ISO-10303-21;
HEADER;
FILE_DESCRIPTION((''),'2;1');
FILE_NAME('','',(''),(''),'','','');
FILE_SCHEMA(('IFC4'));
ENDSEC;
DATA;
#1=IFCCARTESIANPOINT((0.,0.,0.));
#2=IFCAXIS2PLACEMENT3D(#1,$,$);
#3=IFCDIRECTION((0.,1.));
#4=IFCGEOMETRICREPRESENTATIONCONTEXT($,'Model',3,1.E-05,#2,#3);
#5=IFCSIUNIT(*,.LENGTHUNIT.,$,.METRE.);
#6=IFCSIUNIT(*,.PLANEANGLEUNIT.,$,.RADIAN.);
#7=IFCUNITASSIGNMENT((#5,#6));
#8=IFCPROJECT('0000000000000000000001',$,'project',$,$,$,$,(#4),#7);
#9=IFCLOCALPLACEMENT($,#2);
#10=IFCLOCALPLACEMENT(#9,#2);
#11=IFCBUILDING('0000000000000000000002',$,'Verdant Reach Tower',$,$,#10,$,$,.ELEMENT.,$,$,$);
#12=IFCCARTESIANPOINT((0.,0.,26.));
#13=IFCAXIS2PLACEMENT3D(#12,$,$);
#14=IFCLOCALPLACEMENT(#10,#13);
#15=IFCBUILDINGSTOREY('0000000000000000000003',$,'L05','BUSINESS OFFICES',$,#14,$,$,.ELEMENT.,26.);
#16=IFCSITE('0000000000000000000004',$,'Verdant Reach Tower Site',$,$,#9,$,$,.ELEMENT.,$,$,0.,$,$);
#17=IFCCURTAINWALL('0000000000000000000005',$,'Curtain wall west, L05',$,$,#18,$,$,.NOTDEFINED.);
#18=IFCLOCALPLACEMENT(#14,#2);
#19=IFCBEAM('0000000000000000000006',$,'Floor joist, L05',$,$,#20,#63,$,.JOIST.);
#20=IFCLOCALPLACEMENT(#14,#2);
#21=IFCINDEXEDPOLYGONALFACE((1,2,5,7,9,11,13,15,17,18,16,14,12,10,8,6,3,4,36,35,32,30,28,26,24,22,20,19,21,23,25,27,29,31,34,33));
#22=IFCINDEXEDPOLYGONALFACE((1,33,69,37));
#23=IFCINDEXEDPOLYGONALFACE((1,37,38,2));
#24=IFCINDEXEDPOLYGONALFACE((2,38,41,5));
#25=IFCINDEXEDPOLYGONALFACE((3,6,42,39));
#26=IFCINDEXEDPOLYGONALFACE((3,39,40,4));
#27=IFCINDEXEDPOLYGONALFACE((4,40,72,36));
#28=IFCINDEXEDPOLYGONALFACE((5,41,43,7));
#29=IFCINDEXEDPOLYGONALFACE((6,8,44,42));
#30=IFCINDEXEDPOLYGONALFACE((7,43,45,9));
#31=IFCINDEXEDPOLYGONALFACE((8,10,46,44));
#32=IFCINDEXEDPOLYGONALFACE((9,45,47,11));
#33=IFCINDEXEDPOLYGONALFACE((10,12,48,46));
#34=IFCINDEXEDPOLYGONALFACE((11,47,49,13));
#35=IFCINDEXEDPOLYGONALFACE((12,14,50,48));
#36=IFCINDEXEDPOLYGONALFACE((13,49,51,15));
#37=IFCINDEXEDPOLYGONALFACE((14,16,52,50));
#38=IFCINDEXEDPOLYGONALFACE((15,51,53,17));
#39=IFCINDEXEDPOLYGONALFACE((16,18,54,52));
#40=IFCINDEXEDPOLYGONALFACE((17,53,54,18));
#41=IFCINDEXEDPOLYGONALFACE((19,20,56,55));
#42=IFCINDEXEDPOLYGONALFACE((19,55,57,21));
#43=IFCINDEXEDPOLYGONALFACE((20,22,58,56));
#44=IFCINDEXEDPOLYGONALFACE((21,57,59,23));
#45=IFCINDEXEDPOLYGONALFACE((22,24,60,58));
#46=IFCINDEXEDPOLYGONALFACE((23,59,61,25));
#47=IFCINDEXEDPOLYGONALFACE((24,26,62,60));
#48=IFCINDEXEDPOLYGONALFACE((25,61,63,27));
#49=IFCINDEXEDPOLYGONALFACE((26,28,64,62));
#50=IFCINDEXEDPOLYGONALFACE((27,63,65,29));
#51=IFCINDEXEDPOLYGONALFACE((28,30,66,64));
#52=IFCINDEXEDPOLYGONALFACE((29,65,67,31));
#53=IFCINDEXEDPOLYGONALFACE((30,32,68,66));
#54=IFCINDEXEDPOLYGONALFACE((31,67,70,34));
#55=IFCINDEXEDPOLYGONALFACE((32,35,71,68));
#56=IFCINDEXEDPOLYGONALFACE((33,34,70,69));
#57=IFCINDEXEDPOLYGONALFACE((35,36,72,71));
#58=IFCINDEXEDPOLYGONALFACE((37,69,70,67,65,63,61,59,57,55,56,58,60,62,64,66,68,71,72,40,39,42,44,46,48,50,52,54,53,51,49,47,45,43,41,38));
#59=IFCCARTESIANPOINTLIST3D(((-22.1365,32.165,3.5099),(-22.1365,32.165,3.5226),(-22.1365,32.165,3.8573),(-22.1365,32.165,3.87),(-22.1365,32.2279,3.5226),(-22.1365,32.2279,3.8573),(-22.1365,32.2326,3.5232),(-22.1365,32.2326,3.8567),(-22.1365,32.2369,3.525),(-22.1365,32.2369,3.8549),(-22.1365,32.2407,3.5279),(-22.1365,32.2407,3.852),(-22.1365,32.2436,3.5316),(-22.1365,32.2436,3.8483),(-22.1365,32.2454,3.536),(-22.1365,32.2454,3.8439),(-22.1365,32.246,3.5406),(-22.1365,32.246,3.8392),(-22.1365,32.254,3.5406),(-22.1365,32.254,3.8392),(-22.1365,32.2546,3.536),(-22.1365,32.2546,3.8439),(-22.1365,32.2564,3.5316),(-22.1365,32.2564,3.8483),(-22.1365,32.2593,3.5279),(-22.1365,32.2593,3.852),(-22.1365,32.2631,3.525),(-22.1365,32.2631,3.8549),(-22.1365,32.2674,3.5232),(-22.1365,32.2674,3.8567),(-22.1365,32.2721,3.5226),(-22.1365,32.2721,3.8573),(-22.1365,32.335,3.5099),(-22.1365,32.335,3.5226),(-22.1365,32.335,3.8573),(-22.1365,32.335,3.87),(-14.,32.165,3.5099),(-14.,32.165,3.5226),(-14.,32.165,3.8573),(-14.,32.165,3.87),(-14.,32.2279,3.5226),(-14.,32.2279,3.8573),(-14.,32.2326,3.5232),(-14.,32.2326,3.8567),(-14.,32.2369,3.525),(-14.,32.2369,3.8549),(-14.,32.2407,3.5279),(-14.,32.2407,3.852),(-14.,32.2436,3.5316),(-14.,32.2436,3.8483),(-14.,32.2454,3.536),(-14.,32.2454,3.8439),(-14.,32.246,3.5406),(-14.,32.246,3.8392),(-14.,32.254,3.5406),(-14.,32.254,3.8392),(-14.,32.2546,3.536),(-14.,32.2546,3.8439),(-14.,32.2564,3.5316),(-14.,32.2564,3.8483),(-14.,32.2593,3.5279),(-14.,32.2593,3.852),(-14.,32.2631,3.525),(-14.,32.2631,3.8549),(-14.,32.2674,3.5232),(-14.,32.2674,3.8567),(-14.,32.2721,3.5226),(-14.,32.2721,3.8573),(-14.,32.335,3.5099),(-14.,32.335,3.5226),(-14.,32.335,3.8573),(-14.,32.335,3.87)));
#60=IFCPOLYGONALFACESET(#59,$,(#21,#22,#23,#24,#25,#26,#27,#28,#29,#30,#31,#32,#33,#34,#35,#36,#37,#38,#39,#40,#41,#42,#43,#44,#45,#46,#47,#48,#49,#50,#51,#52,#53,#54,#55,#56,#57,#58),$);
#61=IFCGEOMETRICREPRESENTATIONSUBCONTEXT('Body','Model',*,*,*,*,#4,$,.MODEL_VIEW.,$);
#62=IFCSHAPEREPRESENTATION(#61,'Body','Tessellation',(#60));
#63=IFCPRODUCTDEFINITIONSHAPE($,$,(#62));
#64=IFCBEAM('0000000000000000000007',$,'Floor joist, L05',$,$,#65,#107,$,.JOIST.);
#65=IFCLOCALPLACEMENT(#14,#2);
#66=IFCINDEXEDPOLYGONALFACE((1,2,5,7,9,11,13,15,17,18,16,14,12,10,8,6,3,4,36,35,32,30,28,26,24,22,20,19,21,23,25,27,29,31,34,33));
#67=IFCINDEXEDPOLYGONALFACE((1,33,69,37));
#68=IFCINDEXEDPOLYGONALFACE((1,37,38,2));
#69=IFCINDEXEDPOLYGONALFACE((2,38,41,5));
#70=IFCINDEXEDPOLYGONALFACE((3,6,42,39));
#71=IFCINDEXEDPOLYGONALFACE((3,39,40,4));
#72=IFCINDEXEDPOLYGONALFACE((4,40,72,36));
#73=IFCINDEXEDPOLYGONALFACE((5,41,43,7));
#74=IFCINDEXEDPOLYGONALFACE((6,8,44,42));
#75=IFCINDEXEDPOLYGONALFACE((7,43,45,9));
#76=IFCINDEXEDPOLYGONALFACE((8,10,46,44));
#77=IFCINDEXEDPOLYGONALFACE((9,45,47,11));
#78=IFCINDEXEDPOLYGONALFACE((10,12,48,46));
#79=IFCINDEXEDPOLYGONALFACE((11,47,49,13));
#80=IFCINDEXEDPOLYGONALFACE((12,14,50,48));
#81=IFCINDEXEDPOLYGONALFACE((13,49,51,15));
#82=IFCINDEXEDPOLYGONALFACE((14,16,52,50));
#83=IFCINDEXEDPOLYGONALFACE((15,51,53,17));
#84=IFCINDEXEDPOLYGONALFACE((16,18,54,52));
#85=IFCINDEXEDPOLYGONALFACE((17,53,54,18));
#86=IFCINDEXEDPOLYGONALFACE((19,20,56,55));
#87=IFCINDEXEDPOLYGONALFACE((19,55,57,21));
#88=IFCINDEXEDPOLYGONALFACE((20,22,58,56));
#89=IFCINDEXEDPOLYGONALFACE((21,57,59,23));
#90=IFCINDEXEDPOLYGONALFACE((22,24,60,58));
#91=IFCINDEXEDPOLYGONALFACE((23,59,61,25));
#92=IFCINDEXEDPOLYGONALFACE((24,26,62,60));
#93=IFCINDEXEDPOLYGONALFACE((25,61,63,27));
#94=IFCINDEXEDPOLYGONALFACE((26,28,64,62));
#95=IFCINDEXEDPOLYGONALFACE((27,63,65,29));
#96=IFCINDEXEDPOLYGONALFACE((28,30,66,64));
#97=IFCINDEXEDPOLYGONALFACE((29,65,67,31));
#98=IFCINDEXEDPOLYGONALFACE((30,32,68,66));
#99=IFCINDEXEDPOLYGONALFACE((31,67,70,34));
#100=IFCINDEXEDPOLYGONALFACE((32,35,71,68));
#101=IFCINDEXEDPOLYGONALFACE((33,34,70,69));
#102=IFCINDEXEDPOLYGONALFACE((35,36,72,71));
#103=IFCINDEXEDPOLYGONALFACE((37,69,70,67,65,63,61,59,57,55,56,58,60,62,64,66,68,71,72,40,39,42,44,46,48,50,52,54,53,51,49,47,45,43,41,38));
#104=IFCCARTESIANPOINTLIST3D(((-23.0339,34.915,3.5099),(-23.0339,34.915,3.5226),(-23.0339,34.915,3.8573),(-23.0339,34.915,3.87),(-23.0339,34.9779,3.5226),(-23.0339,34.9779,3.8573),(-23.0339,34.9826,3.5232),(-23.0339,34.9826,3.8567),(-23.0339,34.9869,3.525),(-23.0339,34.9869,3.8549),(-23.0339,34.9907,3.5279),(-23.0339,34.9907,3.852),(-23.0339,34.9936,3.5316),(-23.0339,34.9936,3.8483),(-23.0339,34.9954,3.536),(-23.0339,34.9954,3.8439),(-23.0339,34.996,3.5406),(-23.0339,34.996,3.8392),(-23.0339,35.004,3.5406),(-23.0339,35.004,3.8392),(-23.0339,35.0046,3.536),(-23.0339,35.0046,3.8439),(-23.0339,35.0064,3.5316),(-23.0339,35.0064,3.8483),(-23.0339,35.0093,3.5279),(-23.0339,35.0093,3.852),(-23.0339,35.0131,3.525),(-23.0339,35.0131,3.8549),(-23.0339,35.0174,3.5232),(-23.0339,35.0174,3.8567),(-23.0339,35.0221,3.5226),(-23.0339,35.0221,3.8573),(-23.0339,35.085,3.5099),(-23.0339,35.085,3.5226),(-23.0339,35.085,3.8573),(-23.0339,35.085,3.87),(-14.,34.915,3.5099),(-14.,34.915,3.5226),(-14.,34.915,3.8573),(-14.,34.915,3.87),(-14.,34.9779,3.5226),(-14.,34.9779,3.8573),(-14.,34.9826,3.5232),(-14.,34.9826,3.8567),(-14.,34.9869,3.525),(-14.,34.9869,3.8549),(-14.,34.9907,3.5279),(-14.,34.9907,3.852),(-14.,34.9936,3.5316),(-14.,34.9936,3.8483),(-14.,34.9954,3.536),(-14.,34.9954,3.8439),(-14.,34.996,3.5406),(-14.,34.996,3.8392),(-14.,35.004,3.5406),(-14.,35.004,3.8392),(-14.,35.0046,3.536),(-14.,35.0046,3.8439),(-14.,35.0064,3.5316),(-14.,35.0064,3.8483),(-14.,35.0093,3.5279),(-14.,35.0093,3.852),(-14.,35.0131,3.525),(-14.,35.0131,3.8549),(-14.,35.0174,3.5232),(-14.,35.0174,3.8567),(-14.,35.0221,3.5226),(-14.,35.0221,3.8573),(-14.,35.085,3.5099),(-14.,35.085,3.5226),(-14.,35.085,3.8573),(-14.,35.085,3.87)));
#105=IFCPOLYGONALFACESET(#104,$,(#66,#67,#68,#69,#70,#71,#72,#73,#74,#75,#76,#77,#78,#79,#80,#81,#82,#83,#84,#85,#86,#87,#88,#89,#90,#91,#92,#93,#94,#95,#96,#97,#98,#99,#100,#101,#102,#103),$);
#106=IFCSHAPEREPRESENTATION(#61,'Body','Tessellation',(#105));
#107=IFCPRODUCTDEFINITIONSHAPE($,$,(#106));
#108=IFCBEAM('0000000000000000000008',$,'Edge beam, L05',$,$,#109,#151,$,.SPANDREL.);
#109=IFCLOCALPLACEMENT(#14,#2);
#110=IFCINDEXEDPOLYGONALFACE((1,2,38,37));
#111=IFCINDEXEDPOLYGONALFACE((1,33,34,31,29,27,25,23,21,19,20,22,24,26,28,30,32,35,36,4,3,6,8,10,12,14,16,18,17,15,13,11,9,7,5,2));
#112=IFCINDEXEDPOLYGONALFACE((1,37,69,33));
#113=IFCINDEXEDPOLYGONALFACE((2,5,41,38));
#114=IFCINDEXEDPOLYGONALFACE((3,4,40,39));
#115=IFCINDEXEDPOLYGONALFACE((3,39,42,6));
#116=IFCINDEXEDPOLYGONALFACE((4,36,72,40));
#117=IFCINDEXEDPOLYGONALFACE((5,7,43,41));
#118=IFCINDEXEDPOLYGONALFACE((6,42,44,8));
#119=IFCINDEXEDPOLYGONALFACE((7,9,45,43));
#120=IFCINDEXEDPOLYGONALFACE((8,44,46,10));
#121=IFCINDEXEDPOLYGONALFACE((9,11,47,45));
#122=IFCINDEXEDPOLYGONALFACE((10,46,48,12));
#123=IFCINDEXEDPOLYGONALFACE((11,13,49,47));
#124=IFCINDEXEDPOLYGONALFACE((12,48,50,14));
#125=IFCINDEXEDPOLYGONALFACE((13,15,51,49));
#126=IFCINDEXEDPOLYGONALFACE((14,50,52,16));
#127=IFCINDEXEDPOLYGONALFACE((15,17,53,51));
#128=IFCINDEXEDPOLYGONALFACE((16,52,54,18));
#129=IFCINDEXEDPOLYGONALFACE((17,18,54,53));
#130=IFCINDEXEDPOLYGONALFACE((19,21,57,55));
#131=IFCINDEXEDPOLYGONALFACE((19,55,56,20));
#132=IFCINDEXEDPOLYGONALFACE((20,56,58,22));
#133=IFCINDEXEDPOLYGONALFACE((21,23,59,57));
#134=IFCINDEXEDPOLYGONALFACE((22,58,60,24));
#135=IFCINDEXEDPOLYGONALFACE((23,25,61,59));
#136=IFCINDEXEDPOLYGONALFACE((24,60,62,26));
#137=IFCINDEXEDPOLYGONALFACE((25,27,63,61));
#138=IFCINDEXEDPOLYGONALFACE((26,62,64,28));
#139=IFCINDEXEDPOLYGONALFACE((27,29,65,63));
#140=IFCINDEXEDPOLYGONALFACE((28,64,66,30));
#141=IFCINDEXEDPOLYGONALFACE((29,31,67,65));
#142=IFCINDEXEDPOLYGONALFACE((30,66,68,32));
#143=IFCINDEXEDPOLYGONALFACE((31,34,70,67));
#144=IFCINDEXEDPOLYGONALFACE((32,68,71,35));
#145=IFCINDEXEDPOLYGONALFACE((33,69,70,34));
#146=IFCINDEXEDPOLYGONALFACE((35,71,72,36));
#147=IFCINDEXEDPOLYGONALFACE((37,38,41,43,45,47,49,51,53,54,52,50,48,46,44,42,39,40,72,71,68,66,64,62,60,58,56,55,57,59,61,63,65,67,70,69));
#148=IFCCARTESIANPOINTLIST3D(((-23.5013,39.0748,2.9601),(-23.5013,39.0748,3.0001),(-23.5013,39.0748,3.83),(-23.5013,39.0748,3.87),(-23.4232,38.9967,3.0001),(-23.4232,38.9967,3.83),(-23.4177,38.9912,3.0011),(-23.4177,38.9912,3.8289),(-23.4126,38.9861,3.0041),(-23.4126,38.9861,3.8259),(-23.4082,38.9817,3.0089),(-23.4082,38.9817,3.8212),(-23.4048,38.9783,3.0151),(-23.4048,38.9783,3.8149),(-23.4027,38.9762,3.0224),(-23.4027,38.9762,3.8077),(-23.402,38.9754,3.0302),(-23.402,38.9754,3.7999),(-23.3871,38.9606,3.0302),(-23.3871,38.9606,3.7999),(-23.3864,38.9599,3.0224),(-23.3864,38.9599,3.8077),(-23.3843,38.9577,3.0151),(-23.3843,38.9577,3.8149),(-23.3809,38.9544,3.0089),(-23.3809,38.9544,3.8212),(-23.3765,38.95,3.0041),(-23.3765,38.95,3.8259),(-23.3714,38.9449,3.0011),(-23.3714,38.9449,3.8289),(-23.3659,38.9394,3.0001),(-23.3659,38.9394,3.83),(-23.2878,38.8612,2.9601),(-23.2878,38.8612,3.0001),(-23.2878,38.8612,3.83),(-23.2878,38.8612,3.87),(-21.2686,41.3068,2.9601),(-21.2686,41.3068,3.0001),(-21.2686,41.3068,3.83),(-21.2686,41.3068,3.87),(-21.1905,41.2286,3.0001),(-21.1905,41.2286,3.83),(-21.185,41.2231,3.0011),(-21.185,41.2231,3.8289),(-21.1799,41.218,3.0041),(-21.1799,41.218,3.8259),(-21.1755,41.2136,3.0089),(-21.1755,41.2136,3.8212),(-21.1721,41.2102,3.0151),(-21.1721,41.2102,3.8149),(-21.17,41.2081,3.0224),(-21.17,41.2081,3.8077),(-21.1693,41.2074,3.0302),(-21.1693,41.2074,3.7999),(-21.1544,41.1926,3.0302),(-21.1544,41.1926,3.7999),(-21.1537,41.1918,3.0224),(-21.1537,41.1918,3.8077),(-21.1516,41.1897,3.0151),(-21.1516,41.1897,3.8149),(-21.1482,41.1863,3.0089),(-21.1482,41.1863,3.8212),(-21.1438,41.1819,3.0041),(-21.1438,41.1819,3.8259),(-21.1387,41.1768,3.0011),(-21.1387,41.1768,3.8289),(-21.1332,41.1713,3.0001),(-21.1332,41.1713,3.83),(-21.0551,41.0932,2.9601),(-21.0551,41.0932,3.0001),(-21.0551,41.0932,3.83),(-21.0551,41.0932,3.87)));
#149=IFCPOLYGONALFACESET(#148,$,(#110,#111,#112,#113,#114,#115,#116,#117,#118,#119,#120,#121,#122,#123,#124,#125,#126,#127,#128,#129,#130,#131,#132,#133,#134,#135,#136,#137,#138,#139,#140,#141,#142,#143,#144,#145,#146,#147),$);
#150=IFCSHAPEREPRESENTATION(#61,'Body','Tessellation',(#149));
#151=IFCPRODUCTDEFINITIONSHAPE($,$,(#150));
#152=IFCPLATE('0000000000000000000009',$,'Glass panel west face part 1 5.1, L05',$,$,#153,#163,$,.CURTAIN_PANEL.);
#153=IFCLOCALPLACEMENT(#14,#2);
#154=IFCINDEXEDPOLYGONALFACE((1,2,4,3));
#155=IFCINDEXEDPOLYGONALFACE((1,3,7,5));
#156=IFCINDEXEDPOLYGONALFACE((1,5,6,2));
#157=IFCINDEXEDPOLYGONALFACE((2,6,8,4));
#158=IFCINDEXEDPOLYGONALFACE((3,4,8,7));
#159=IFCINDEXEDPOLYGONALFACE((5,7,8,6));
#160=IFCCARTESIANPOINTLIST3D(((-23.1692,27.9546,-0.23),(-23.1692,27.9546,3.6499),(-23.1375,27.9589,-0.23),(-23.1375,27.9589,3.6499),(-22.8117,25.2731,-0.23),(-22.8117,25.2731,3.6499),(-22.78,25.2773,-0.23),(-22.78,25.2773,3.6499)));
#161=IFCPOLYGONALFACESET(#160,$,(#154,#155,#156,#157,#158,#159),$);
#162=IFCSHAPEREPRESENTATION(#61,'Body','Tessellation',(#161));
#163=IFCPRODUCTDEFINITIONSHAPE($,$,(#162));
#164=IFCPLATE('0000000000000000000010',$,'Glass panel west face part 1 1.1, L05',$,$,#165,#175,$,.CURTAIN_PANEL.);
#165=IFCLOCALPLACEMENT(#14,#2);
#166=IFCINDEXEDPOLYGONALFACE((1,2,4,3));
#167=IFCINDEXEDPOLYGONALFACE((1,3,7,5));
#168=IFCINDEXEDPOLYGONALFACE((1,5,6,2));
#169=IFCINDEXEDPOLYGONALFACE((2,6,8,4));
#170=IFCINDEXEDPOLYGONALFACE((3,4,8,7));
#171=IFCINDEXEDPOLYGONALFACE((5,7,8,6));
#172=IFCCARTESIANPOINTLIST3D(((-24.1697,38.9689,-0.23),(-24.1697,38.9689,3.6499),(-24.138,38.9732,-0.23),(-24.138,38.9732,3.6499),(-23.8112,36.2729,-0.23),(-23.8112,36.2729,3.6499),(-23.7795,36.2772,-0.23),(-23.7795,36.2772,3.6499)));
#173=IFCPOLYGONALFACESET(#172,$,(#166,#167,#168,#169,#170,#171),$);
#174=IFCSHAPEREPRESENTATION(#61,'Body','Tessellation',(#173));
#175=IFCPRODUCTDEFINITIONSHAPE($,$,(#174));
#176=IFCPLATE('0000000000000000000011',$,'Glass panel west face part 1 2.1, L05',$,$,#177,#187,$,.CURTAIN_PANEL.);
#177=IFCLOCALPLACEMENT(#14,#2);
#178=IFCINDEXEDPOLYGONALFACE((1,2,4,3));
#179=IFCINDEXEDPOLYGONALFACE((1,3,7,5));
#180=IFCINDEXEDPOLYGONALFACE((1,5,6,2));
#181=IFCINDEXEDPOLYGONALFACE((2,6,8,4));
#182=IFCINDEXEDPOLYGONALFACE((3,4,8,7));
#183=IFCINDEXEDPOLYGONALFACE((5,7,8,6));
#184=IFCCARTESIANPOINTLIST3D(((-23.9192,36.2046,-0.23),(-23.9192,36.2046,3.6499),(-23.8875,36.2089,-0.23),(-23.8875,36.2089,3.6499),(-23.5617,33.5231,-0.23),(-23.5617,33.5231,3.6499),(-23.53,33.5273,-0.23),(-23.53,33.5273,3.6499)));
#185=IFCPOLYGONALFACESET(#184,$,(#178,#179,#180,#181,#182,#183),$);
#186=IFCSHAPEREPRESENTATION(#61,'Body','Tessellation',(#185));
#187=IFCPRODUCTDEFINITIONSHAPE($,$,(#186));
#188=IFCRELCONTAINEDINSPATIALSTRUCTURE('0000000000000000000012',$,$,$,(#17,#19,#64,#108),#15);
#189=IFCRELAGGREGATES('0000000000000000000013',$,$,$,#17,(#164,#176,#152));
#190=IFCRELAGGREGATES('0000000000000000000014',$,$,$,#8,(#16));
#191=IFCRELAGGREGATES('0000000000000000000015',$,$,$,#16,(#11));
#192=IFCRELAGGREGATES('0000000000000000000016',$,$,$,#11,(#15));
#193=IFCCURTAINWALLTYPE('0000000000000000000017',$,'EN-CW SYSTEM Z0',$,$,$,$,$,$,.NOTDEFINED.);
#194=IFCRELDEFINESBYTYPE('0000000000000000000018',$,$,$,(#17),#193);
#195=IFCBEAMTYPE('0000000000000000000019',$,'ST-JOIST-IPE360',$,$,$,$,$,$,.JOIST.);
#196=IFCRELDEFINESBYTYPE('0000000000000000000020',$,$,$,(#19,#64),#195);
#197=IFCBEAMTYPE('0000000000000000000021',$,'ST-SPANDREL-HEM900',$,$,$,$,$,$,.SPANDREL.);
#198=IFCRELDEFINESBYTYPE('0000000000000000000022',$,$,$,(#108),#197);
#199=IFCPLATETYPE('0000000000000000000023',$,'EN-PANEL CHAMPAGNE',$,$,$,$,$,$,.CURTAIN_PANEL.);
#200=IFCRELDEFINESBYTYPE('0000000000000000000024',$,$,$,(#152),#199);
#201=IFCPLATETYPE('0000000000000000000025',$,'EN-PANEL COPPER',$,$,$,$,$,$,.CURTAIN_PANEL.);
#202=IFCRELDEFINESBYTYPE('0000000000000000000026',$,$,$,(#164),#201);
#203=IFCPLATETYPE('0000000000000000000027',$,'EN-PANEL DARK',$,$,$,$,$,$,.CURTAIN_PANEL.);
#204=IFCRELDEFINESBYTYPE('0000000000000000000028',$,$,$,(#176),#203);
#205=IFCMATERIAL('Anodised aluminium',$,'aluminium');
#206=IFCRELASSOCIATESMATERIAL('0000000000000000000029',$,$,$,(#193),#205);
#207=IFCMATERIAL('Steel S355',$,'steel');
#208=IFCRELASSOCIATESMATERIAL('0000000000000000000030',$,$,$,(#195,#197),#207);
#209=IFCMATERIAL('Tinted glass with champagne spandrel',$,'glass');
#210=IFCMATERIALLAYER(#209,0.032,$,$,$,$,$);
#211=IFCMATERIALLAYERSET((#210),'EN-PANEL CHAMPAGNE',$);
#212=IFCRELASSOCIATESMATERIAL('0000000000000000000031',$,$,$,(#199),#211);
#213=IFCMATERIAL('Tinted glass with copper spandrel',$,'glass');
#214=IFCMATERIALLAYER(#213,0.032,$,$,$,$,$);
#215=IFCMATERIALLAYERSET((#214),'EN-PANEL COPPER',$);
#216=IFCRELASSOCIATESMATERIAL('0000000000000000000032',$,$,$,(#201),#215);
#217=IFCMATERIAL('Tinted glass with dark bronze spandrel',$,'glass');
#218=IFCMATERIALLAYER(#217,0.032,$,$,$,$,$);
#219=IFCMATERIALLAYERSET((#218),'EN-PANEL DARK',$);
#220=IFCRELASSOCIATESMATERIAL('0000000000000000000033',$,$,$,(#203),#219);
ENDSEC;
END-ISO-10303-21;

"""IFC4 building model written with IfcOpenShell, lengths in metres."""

from ifc_helpers import new_model, si_unit, direction, frame, origin, origin_2d, place, context, subcontext, project, spatial, rectangle, i_section, extrude, material, layer, layer_set, material_profile, profile_set, type_object, element, aggregate, save


model = new_model("IFC4")

# Units and contexts
model_context = context("Model", 3, precision=1e-05, world=origin(), true_north=direction((0.0, 1.0)))
body_context = subcontext(model_context, "Body", "Model", "MODEL_VIEW")
ifc_project = project(units=[si_unit("LENGTHUNIT", "METRE"), si_unit("PLANEANGLEUNIT", "RADIAN")], contexts=[model_context])

# Site, building, storey
site_placement = place(None, origin())
site = spatial("IfcSite", under=ifc_project, at=site_placement, Name="Verdant Reach Tower Site", CompositionType="ELEMENT", RefElevation=0.0)
building_placement = place(site_placement, origin())
building = spatial("IfcBuilding", under=site, at=building_placement, Name="Verdant Reach Tower", CompositionType="ELEMENT")
storey_placement = place(building_placement, frame((0.0, 0.0, 26.0)))
storey = spatial("IfcBuildingStorey", under=building, at=storey_placement, Name="L05", Description="BUSINESS OFFICES", CompositionType="ELEMENT", Elevation=26.0)

# Curtain wall
ifc_material_1 = material(Name="Anodised aluminium", Category="aluminium")
curtain_wall_type = type_object("IfcCurtainWallType", Name="EN-CW SYSTEM Z0", PredefinedType="NOTDEFINED", material=ifc_material_1)
curtain_wall_placement = place(storey_placement, origin())
curtain_wall = element("IfcCurtainWall", 1, at=curtain_wall_placement, inside=storey, type_object=curtain_wall_type, Name="Curtain wall west, L05", PredefinedType="NOTDEFINED")

# Beams
ifc_material_2 = material(Name="Steel S355", Category="steel")
ifc_material_profile_1 = material_profile(ifc_material_2, i_section(OverallWidth=0.1699, OverallDepth=0.3601, WebThickness=0.0081, FlangeThickness=0.0127, FilletRadius=0.0181, at=origin_2d()), Name="IPE 360")
ifc_profile_set_1 = profile_set([ifc_material_profile_1], Name="Steel S355")
beam_type_1 = type_object("IfcBeamType", Name="ST-JOIST-IPE360", PredefinedType="JOIST", material=ifc_profile_set_1)
beam_1_placement = place(storey_placement, frame((-14.0, 32.25, 3.6899), z_axis=(-1.0, 0.0, 0.0), x_axis=(0.0, -1.0, 0.0)))
element("IfcBeam", 2, at=beam_1_placement, inside=storey, type_object=beam_type_1, Name="Floor joist, L05", PredefinedType="JOIST", context=body_context, shape_type="SweptSolid", body=[
    extrude(i_section(OverallWidth=0.1699, OverallDepth=0.3601, WebThickness=0.0081, FlangeThickness=0.0127, FilletRadius=0.0181, at=origin_2d()), origin(), (0.0, 0.0, 1.0), 8.1365),
])
beam_2_placement = place(storey_placement, frame((-14.0, 35.0, 3.6899), z_axis=(-1.0, 0.0, 0.0), x_axis=(0.0, -1.0, 0.0)))
element("IfcBeam", 3, at=beam_2_placement, inside=storey, type_object=beam_type_1, Name="Floor joist, L05", PredefinedType="JOIST", context=body_context, shape_type="SweptSolid", body=[
    extrude(i_section(OverallWidth=0.1699, OverallDepth=0.3601, WebThickness=0.0081, FlangeThickness=0.0127, FilletRadius=0.0181, at=origin_2d()), origin(), (0.0, 0.0, 1.0), 9.0339),
])
ifc_material_profile_2 = material_profile(ifc_material_2, i_section(OverallWidth=0.302, OverallDepth=0.9099, WebThickness=0.021, FlangeThickness=0.04, FilletRadius=0.03, at=origin_2d()), Name="HEM 900")
ifc_profile_set_2 = profile_set([ifc_material_profile_2], Name="Steel S355")
beam_type_2 = type_object("IfcBeamType", Name="ST-SPANDREL-HEM900", PredefinedType="SPANDREL", material=ifc_profile_set_2)
beam_3_placement = place(storey_placement, frame((-23.3945, 38.968, 3.415), z_axis=(0.707223, 0.706991, 0.0), x_axis=(-0.706991, 0.707223, 0.0)))
element("IfcBeam", 4, at=beam_3_placement, inside=storey, type_object=beam_type_2, Name="Edge beam, L05", PredefinedType="SPANDREL", context=body_context, shape_type="SweptSolid", body=[
    extrude(i_section(OverallWidth=0.302, OverallDepth=0.9099, WebThickness=0.021, FlangeThickness=0.04, FilletRadius=0.03, at=origin_2d()), origin(), (0.0, 0.0, 1.0), 3.157),
])

# Plates
ifc_material_3 = material(Name="Tinted glass with champagne spandrel", Category="glass")
ifc_layer_1 = layer(ifc_material_3, 0.032)
ifc_layer_set_1 = layer_set([ifc_layer_1], Name="EN-PANEL CHAMPAGNE")
plate_type_1 = type_object("IfcPlateType", Name="EN-PANEL CHAMPAGNE", PredefinedType="CURTAIN_PANEL", material=ifc_layer_set_1)
plate_1_placement = place(storey_placement, frame((-22.9746, 26.616, -0.23), z_axis=(0.0, 0.0, 1.0), x_axis=(0.13216, -0.991228, 0.0)))
plate_1 = element("IfcPlate", 5, at=plate_1_placement, type_object=plate_type_1, Name="Glass panel west face part 1 5.1, L05", PredefinedType="CURTAIN_PANEL", context=body_context, shape_type="SweptSolid", body=[
    extrude(rectangle(XDim=2.7053, YDim=0.032, at=origin_2d()), origin(), (0.0, 0.0, 1.0), 3.8799),
])
ifc_material_4 = material(Name="Tinted glass with copper spandrel", Category="glass")
ifc_layer_2 = layer(ifc_material_4, 0.032)
ifc_layer_set_2 = layer_set([ifc_layer_2], Name="EN-PANEL COPPER")
plate_type_2 = type_object("IfcPlateType", Name="EN-PANEL COPPER", PredefinedType="CURTAIN_PANEL", material=ifc_layer_set_2)
plate_2_placement = place(storey_placement, frame((-23.9746, 37.623, -0.23), z_axis=(0.0, 0.0, 1.0), x_axis=(0.131793, -0.991277, 0.0)))
plate_2 = element("IfcPlate", 6, at=plate_2_placement, type_object=plate_type_2, Name="Glass panel west face part 1 1.1, L05", PredefinedType="CURTAIN_PANEL", context=body_context, shape_type="SweptSolid", body=[
    extrude(rectangle(XDim=2.7197, YDim=0.032, at=origin_2d()), origin(), (0.0, 0.0, 1.0), 3.8799),
])
ifc_material_5 = material(Name="Tinted glass with dark bronze spandrel", Category="glass")
ifc_layer_3 = layer(ifc_material_5, 0.032)
ifc_layer_set_3 = layer_set([ifc_layer_3], Name="EN-PANEL DARK")
plate_type_3 = type_object("IfcPlateType", Name="EN-PANEL DARK", PredefinedType="CURTAIN_PANEL", material=ifc_layer_set_3)
plate_3_placement = place(storey_placement, frame((-23.7246, 34.866, -0.23), z_axis=(0.0, 0.0, 1.0), x_axis=(0.13216, -0.991228, 0.0)))
plate_3 = element("IfcPlate", 7, at=plate_3_placement, type_object=plate_type_3, Name="Glass panel west face part 1 2.1, L05", PredefinedType="CURTAIN_PANEL", context=body_context, shape_type="SweptSolid", body=[
    extrude(rectangle(XDim=2.7053, YDim=0.032, at=origin_2d()), origin(), (0.0, 0.0, 1.0), 3.8799),
])
aggregate(curtain_wall, [plate_2, plate_3, plate_1])

save(model, "model.ifc")
